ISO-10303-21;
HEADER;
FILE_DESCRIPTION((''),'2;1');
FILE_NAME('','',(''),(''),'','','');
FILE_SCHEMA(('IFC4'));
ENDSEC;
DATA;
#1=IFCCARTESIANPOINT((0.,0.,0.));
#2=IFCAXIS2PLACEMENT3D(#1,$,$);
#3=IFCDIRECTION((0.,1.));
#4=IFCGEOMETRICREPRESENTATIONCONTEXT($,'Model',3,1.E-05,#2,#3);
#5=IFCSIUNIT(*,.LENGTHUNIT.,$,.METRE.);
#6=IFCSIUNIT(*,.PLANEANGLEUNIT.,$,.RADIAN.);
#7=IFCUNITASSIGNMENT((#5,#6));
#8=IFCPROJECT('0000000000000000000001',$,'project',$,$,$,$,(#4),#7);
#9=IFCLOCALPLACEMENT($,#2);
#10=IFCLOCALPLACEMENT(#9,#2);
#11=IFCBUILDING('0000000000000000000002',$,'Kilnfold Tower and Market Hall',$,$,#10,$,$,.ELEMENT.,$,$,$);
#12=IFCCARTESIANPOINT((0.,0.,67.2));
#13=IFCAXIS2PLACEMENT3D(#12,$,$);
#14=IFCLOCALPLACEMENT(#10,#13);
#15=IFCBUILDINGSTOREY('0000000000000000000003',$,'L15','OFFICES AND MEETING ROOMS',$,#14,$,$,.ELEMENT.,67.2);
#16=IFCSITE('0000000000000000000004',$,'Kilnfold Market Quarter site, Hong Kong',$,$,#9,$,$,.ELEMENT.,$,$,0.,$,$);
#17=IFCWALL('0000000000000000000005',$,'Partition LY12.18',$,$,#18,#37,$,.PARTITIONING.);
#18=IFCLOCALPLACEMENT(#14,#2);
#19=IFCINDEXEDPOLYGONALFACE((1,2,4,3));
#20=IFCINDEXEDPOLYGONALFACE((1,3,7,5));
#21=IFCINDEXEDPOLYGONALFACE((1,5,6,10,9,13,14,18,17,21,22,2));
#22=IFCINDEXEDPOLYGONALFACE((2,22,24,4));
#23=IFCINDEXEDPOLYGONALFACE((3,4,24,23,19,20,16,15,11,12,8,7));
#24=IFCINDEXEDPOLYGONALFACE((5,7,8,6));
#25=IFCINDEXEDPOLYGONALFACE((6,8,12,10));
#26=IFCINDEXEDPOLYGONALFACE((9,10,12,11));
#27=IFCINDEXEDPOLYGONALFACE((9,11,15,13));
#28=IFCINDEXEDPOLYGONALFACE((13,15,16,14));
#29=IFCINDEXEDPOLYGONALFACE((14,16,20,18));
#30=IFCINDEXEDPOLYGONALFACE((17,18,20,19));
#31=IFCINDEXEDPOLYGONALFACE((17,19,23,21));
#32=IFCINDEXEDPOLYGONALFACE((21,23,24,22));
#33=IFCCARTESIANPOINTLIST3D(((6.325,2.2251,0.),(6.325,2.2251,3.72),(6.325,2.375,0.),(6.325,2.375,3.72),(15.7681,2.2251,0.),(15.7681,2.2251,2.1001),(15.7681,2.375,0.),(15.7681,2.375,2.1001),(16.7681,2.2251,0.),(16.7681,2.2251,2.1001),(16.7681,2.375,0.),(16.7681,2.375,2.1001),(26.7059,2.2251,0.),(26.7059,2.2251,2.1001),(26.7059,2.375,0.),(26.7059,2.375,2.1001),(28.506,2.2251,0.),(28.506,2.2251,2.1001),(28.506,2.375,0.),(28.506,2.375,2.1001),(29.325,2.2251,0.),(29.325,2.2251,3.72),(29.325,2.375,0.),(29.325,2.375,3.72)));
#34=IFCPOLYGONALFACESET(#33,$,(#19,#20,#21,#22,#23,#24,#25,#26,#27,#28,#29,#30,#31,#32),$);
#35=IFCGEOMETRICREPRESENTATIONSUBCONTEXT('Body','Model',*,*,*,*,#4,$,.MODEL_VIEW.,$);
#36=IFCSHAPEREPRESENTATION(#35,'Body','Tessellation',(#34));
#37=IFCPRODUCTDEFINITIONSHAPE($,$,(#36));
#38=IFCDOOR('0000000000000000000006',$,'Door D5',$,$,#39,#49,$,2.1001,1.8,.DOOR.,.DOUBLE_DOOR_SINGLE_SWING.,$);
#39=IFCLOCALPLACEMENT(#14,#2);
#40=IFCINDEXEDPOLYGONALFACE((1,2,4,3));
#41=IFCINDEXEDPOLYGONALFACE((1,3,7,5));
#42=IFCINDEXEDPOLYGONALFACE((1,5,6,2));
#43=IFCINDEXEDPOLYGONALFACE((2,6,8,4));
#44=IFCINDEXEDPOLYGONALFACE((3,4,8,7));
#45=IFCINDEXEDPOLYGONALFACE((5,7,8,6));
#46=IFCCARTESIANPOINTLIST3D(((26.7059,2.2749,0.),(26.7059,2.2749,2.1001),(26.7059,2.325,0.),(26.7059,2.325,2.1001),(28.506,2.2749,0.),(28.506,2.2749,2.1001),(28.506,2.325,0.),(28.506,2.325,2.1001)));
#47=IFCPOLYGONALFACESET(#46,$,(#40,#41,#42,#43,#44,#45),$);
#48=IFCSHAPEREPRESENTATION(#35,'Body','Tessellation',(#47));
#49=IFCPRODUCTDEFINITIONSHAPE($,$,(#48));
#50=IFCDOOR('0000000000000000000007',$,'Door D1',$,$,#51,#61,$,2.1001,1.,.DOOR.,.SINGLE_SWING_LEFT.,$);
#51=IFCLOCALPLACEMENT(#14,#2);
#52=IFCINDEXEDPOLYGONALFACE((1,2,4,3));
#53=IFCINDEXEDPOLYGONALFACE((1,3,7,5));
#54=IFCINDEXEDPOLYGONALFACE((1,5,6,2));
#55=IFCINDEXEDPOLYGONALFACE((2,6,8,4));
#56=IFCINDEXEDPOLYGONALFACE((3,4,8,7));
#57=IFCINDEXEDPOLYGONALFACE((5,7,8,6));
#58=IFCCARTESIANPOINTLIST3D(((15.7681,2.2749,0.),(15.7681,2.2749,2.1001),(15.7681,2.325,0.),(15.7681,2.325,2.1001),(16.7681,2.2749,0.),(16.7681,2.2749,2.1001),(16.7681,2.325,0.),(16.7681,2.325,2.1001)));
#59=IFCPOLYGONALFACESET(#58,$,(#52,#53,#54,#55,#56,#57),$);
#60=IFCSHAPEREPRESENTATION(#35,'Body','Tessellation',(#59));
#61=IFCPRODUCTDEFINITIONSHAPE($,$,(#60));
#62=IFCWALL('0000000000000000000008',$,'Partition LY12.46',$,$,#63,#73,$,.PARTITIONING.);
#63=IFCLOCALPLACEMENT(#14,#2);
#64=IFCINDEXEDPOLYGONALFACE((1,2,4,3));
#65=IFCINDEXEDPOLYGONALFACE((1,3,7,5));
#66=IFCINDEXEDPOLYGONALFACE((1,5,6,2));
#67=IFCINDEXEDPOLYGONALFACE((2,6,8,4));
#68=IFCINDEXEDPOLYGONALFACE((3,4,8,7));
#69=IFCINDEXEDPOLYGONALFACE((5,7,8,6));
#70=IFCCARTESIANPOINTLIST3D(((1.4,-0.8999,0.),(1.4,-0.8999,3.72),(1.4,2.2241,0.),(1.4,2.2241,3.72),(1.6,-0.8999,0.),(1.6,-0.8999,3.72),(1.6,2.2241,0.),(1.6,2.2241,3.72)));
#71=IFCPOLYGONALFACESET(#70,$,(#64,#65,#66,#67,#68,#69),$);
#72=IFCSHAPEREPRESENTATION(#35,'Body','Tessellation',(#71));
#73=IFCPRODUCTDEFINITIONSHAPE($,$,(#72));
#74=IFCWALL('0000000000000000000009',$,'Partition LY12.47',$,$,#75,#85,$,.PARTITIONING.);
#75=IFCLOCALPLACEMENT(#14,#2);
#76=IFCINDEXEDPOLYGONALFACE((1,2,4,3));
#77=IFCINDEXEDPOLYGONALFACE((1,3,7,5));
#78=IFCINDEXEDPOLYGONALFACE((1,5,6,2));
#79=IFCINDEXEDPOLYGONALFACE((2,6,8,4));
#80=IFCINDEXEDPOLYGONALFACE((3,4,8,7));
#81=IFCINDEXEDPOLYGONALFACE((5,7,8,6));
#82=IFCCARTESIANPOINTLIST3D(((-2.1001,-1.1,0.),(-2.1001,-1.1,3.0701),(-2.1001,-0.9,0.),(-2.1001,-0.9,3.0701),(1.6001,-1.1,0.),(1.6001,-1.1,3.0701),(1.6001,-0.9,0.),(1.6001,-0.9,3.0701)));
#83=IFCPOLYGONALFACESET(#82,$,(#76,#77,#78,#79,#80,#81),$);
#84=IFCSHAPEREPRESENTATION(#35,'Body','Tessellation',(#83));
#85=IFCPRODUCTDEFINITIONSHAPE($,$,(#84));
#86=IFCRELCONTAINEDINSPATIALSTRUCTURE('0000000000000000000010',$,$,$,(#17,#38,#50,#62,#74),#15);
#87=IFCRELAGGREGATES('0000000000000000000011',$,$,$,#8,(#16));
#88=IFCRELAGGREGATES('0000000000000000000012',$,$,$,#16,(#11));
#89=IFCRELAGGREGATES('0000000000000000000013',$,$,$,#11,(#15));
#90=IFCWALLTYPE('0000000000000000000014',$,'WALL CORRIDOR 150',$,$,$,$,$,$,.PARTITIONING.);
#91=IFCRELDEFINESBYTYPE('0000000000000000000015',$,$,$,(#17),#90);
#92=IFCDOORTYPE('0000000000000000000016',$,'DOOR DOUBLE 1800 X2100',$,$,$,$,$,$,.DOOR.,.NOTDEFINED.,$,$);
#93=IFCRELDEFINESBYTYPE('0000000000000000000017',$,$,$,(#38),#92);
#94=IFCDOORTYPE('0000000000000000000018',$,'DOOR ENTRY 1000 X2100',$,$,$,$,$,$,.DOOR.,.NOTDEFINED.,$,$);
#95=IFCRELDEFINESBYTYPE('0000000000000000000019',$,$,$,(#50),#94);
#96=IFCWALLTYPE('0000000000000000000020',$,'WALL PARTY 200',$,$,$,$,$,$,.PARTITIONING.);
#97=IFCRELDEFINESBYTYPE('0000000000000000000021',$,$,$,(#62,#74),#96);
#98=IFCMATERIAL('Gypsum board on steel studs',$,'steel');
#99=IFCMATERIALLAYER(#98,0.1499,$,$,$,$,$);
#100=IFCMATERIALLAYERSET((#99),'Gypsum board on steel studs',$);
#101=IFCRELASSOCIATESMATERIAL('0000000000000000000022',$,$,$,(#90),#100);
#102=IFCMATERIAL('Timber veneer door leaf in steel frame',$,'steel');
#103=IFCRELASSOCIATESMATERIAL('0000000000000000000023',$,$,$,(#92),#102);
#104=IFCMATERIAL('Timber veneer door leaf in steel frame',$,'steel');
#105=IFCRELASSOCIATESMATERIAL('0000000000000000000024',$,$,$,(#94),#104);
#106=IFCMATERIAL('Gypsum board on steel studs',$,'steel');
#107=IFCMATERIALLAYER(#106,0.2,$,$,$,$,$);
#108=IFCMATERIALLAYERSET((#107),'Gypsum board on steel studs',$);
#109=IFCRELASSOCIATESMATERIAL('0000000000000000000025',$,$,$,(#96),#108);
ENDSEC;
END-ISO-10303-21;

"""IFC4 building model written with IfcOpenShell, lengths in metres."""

from ifc_helpers import new_model, si_unit, direction, frame, frame_2d, origin, place, context, subcontext, project, spatial, rectangle, extrude, material, layer, layer_set, type_object, element, fill, save


model = new_model("IFC4")

# Units and contexts
model_context = context("Model", 3, precision=1e-05, world=origin(), true_north=direction((0.0, 1.0)))
body_context = subcontext(model_context, "Body", "Model", "MODEL_VIEW")
ifc_project = project(units=[si_unit("LENGTHUNIT", "METRE"), si_unit("PLANEANGLEUNIT", "RADIAN")], contexts=[model_context])

# Site, building, storey
site_placement = place(None, origin())
site = spatial("IfcSite", under=ifc_project, at=site_placement, Name="Kilnfold Market Quarter site, Hong Kong", CompositionType="ELEMENT", RefElevation=0.0)
building_placement = place(site_placement, origin())
building = spatial("IfcBuilding", under=site, at=building_placement, Name="Kilnfold Tower and Market Hall", CompositionType="ELEMENT")
storey_placement = place(building_placement, frame((0.0, 0.0, 67.2)))
storey = spatial("IfcBuildingStorey", under=building, at=storey_placement, Name="L15", Description="OFFICES AND MEETING ROOMS", CompositionType="ELEMENT", Elevation=67.2)

# Shared definitions
ifc_material_1 = material(Name="Gypsum board on steel studs", Category="steel")
ifc_layer_1 = layer(ifc_material_1, 0.1499)
ifc_layer_set_1 = layer_set([ifc_layer_1], Name="Gypsum board on steel studs")
wall_type_1 = type_object("IfcWallType", Name="WALL CORRIDOR 150", PredefinedType="PARTITIONING", material=ifc_layer_set_1)

# Wall, openings, doors
wall_1_placement = place(storey_placement, frame((6.325, 2.3, 0.0), z_axis=(0.0, 0.0, 1.0), x_axis=(1.0, 0.0, 0.0)))
wall_1 = element("IfcWall", 1, at=wall_1_placement, inside=storey, type_object=wall_type_1, Name="Partition LY12.18", PredefinedType="PARTITIONING", context=body_context, shape_type="SweptSolid", body=[
    extrude(rectangle(XDim=23.0, YDim=0.1499, at=frame_2d((11.5, 0.0))), origin(), (0.0, 0.0, 1.0), 3.72),
])
opening_1_placement = place(wall_1_placement, frame((9.4431, 0.0, 0.0)))
opening_1 = element("IfcOpeningElement", 2, at=opening_1_placement, cuts=wall_1, PredefinedType="OPENING", context=body_context, shape_type="SweptSolid", body=[
    extrude(rectangle(XDim=1.0, YDim=2.1001, at=frame_2d((0.5, 1.05))), frame((0.0, 0.085, 0.0), z_axis=(0.0, -1.0, 0.0), x_axis=(1.0, 0.0, 0.0)), (0.0, 0.0, 1.0), 0.1699),
])
opening_2_placement = place(wall_1_placement, frame((20.3811, 0.0, 0.0)))
opening_2 = element("IfcOpeningElement", 3, at=opening_2_placement, cuts=wall_1, PredefinedType="OPENING", context=body_context, shape_type="SweptSolid", body=[
    extrude(rectangle(XDim=1.8, YDim=2.1001, at=frame_2d((0.8999, 1.05))), frame((0.0, 0.085, 0.0), z_axis=(0.0, -1.0, 0.0), x_axis=(1.0, 0.0, 0.0)), (0.0, 0.0, 1.0), 0.1699),
])
ifc_material_2 = material(Name="Timber veneer door leaf in steel frame", Category="steel")
door_type_1 = type_object("IfcDoorType", Name="DOOR DOUBLE 1800 X2100", OperationType="NOTDEFINED", PredefinedType="DOOR", material=ifc_material_2)
door_1_placement = place(opening_2_placement, origin())
door_1 = element("IfcDoor", 4, at=door_1_placement, inside=storey, type_object=door_type_1, Name="Door D5", OperationType="DOUBLE_DOOR_SINGLE_SWING", OverallHeight=2.1001, OverallWidth=1.8, PredefinedType="DOOR", context=body_context, shape_type="SweptSolid", body=[
    extrude(rectangle(XDim=1.8, YDim=2.1001, at=frame_2d((0.8999, 1.05))), frame((0.0, 0.0249, 0.0), z_axis=(0.0, -1.0, 0.0), x_axis=(1.0, 0.0, 0.0)), (0.0, 0.0, 1.0), 0.05),
])
fill(opening_2, door_1)
ifc_material_3 = material(Name="Timber veneer door leaf in steel frame", Category="steel")
door_type_2 = type_object("IfcDoorType", Name="DOOR ENTRY 1000 X2100", OperationType="NOTDEFINED", PredefinedType="DOOR", material=ifc_material_3)
door_2_placement = place(opening_1_placement, origin())
door_2 = element("IfcDoor", 5, at=door_2_placement, inside=storey, type_object=door_type_2, Name="Door D1", OperationType="SINGLE_SWING_LEFT", OverallHeight=2.1001, OverallWidth=1.0, PredefinedType="DOOR", context=body_context, shape_type="SweptSolid", body=[
    extrude(rectangle(XDim=1.0, YDim=2.1001, at=frame_2d((0.5, 1.05))), frame((0.0, 0.0249, 0.0), z_axis=(0.0, -1.0, 0.0), x_axis=(1.0, 0.0, 0.0)), (0.0, 0.0, 1.0), 0.05),
])
fill(opening_1, door_2)

# Walls
ifc_material_4 = material(Name="Gypsum board on steel studs", Category="steel")
ifc_layer_2 = layer(ifc_material_4, 0.2)
ifc_layer_set_2 = layer_set([ifc_layer_2], Name="Gypsum board on steel studs")
wall_type_2 = type_object("IfcWallType", Name="WALL PARTY 200", PredefinedType="PARTITIONING", material=ifc_layer_set_2)
wall_2_placement = place(storey_placement, frame((1.5, -0.8999, 0.0), z_axis=(0.0, 0.0, 1.0), x_axis=(0.0, 1.0, 0.0)))
element("IfcWall", 6, at=wall_2_placement, inside=storey, type_object=wall_type_2, Name="Partition LY12.46", PredefinedType="PARTITIONING", context=body_context, shape_type="SweptSolid", body=[
    extrude(rectangle(XDim=3.124, YDim=0.2, at=frame_2d((1.562, 0.0))), origin(), (0.0, 0.0, 1.0), 3.72),
])
wall_3_placement = place(storey_placement, frame((-2.1001, -1.0, 0.0), z_axis=(0.0, 0.0, 1.0), x_axis=(1.0, 0.0, 0.0)))
element("IfcWall", 7, at=wall_3_placement, inside=storey, type_object=wall_type_2, Name="Partition LY12.47", PredefinedType="PARTITIONING", context=body_context, shape_type="SweptSolid", body=[
    extrude(rectangle(XDim=3.7002, YDim=0.2, at=frame_2d((1.8501, 0.0))), origin(), (0.0, 0.0, 1.0), 3.0701),
])

save(model, "model.ifc")
